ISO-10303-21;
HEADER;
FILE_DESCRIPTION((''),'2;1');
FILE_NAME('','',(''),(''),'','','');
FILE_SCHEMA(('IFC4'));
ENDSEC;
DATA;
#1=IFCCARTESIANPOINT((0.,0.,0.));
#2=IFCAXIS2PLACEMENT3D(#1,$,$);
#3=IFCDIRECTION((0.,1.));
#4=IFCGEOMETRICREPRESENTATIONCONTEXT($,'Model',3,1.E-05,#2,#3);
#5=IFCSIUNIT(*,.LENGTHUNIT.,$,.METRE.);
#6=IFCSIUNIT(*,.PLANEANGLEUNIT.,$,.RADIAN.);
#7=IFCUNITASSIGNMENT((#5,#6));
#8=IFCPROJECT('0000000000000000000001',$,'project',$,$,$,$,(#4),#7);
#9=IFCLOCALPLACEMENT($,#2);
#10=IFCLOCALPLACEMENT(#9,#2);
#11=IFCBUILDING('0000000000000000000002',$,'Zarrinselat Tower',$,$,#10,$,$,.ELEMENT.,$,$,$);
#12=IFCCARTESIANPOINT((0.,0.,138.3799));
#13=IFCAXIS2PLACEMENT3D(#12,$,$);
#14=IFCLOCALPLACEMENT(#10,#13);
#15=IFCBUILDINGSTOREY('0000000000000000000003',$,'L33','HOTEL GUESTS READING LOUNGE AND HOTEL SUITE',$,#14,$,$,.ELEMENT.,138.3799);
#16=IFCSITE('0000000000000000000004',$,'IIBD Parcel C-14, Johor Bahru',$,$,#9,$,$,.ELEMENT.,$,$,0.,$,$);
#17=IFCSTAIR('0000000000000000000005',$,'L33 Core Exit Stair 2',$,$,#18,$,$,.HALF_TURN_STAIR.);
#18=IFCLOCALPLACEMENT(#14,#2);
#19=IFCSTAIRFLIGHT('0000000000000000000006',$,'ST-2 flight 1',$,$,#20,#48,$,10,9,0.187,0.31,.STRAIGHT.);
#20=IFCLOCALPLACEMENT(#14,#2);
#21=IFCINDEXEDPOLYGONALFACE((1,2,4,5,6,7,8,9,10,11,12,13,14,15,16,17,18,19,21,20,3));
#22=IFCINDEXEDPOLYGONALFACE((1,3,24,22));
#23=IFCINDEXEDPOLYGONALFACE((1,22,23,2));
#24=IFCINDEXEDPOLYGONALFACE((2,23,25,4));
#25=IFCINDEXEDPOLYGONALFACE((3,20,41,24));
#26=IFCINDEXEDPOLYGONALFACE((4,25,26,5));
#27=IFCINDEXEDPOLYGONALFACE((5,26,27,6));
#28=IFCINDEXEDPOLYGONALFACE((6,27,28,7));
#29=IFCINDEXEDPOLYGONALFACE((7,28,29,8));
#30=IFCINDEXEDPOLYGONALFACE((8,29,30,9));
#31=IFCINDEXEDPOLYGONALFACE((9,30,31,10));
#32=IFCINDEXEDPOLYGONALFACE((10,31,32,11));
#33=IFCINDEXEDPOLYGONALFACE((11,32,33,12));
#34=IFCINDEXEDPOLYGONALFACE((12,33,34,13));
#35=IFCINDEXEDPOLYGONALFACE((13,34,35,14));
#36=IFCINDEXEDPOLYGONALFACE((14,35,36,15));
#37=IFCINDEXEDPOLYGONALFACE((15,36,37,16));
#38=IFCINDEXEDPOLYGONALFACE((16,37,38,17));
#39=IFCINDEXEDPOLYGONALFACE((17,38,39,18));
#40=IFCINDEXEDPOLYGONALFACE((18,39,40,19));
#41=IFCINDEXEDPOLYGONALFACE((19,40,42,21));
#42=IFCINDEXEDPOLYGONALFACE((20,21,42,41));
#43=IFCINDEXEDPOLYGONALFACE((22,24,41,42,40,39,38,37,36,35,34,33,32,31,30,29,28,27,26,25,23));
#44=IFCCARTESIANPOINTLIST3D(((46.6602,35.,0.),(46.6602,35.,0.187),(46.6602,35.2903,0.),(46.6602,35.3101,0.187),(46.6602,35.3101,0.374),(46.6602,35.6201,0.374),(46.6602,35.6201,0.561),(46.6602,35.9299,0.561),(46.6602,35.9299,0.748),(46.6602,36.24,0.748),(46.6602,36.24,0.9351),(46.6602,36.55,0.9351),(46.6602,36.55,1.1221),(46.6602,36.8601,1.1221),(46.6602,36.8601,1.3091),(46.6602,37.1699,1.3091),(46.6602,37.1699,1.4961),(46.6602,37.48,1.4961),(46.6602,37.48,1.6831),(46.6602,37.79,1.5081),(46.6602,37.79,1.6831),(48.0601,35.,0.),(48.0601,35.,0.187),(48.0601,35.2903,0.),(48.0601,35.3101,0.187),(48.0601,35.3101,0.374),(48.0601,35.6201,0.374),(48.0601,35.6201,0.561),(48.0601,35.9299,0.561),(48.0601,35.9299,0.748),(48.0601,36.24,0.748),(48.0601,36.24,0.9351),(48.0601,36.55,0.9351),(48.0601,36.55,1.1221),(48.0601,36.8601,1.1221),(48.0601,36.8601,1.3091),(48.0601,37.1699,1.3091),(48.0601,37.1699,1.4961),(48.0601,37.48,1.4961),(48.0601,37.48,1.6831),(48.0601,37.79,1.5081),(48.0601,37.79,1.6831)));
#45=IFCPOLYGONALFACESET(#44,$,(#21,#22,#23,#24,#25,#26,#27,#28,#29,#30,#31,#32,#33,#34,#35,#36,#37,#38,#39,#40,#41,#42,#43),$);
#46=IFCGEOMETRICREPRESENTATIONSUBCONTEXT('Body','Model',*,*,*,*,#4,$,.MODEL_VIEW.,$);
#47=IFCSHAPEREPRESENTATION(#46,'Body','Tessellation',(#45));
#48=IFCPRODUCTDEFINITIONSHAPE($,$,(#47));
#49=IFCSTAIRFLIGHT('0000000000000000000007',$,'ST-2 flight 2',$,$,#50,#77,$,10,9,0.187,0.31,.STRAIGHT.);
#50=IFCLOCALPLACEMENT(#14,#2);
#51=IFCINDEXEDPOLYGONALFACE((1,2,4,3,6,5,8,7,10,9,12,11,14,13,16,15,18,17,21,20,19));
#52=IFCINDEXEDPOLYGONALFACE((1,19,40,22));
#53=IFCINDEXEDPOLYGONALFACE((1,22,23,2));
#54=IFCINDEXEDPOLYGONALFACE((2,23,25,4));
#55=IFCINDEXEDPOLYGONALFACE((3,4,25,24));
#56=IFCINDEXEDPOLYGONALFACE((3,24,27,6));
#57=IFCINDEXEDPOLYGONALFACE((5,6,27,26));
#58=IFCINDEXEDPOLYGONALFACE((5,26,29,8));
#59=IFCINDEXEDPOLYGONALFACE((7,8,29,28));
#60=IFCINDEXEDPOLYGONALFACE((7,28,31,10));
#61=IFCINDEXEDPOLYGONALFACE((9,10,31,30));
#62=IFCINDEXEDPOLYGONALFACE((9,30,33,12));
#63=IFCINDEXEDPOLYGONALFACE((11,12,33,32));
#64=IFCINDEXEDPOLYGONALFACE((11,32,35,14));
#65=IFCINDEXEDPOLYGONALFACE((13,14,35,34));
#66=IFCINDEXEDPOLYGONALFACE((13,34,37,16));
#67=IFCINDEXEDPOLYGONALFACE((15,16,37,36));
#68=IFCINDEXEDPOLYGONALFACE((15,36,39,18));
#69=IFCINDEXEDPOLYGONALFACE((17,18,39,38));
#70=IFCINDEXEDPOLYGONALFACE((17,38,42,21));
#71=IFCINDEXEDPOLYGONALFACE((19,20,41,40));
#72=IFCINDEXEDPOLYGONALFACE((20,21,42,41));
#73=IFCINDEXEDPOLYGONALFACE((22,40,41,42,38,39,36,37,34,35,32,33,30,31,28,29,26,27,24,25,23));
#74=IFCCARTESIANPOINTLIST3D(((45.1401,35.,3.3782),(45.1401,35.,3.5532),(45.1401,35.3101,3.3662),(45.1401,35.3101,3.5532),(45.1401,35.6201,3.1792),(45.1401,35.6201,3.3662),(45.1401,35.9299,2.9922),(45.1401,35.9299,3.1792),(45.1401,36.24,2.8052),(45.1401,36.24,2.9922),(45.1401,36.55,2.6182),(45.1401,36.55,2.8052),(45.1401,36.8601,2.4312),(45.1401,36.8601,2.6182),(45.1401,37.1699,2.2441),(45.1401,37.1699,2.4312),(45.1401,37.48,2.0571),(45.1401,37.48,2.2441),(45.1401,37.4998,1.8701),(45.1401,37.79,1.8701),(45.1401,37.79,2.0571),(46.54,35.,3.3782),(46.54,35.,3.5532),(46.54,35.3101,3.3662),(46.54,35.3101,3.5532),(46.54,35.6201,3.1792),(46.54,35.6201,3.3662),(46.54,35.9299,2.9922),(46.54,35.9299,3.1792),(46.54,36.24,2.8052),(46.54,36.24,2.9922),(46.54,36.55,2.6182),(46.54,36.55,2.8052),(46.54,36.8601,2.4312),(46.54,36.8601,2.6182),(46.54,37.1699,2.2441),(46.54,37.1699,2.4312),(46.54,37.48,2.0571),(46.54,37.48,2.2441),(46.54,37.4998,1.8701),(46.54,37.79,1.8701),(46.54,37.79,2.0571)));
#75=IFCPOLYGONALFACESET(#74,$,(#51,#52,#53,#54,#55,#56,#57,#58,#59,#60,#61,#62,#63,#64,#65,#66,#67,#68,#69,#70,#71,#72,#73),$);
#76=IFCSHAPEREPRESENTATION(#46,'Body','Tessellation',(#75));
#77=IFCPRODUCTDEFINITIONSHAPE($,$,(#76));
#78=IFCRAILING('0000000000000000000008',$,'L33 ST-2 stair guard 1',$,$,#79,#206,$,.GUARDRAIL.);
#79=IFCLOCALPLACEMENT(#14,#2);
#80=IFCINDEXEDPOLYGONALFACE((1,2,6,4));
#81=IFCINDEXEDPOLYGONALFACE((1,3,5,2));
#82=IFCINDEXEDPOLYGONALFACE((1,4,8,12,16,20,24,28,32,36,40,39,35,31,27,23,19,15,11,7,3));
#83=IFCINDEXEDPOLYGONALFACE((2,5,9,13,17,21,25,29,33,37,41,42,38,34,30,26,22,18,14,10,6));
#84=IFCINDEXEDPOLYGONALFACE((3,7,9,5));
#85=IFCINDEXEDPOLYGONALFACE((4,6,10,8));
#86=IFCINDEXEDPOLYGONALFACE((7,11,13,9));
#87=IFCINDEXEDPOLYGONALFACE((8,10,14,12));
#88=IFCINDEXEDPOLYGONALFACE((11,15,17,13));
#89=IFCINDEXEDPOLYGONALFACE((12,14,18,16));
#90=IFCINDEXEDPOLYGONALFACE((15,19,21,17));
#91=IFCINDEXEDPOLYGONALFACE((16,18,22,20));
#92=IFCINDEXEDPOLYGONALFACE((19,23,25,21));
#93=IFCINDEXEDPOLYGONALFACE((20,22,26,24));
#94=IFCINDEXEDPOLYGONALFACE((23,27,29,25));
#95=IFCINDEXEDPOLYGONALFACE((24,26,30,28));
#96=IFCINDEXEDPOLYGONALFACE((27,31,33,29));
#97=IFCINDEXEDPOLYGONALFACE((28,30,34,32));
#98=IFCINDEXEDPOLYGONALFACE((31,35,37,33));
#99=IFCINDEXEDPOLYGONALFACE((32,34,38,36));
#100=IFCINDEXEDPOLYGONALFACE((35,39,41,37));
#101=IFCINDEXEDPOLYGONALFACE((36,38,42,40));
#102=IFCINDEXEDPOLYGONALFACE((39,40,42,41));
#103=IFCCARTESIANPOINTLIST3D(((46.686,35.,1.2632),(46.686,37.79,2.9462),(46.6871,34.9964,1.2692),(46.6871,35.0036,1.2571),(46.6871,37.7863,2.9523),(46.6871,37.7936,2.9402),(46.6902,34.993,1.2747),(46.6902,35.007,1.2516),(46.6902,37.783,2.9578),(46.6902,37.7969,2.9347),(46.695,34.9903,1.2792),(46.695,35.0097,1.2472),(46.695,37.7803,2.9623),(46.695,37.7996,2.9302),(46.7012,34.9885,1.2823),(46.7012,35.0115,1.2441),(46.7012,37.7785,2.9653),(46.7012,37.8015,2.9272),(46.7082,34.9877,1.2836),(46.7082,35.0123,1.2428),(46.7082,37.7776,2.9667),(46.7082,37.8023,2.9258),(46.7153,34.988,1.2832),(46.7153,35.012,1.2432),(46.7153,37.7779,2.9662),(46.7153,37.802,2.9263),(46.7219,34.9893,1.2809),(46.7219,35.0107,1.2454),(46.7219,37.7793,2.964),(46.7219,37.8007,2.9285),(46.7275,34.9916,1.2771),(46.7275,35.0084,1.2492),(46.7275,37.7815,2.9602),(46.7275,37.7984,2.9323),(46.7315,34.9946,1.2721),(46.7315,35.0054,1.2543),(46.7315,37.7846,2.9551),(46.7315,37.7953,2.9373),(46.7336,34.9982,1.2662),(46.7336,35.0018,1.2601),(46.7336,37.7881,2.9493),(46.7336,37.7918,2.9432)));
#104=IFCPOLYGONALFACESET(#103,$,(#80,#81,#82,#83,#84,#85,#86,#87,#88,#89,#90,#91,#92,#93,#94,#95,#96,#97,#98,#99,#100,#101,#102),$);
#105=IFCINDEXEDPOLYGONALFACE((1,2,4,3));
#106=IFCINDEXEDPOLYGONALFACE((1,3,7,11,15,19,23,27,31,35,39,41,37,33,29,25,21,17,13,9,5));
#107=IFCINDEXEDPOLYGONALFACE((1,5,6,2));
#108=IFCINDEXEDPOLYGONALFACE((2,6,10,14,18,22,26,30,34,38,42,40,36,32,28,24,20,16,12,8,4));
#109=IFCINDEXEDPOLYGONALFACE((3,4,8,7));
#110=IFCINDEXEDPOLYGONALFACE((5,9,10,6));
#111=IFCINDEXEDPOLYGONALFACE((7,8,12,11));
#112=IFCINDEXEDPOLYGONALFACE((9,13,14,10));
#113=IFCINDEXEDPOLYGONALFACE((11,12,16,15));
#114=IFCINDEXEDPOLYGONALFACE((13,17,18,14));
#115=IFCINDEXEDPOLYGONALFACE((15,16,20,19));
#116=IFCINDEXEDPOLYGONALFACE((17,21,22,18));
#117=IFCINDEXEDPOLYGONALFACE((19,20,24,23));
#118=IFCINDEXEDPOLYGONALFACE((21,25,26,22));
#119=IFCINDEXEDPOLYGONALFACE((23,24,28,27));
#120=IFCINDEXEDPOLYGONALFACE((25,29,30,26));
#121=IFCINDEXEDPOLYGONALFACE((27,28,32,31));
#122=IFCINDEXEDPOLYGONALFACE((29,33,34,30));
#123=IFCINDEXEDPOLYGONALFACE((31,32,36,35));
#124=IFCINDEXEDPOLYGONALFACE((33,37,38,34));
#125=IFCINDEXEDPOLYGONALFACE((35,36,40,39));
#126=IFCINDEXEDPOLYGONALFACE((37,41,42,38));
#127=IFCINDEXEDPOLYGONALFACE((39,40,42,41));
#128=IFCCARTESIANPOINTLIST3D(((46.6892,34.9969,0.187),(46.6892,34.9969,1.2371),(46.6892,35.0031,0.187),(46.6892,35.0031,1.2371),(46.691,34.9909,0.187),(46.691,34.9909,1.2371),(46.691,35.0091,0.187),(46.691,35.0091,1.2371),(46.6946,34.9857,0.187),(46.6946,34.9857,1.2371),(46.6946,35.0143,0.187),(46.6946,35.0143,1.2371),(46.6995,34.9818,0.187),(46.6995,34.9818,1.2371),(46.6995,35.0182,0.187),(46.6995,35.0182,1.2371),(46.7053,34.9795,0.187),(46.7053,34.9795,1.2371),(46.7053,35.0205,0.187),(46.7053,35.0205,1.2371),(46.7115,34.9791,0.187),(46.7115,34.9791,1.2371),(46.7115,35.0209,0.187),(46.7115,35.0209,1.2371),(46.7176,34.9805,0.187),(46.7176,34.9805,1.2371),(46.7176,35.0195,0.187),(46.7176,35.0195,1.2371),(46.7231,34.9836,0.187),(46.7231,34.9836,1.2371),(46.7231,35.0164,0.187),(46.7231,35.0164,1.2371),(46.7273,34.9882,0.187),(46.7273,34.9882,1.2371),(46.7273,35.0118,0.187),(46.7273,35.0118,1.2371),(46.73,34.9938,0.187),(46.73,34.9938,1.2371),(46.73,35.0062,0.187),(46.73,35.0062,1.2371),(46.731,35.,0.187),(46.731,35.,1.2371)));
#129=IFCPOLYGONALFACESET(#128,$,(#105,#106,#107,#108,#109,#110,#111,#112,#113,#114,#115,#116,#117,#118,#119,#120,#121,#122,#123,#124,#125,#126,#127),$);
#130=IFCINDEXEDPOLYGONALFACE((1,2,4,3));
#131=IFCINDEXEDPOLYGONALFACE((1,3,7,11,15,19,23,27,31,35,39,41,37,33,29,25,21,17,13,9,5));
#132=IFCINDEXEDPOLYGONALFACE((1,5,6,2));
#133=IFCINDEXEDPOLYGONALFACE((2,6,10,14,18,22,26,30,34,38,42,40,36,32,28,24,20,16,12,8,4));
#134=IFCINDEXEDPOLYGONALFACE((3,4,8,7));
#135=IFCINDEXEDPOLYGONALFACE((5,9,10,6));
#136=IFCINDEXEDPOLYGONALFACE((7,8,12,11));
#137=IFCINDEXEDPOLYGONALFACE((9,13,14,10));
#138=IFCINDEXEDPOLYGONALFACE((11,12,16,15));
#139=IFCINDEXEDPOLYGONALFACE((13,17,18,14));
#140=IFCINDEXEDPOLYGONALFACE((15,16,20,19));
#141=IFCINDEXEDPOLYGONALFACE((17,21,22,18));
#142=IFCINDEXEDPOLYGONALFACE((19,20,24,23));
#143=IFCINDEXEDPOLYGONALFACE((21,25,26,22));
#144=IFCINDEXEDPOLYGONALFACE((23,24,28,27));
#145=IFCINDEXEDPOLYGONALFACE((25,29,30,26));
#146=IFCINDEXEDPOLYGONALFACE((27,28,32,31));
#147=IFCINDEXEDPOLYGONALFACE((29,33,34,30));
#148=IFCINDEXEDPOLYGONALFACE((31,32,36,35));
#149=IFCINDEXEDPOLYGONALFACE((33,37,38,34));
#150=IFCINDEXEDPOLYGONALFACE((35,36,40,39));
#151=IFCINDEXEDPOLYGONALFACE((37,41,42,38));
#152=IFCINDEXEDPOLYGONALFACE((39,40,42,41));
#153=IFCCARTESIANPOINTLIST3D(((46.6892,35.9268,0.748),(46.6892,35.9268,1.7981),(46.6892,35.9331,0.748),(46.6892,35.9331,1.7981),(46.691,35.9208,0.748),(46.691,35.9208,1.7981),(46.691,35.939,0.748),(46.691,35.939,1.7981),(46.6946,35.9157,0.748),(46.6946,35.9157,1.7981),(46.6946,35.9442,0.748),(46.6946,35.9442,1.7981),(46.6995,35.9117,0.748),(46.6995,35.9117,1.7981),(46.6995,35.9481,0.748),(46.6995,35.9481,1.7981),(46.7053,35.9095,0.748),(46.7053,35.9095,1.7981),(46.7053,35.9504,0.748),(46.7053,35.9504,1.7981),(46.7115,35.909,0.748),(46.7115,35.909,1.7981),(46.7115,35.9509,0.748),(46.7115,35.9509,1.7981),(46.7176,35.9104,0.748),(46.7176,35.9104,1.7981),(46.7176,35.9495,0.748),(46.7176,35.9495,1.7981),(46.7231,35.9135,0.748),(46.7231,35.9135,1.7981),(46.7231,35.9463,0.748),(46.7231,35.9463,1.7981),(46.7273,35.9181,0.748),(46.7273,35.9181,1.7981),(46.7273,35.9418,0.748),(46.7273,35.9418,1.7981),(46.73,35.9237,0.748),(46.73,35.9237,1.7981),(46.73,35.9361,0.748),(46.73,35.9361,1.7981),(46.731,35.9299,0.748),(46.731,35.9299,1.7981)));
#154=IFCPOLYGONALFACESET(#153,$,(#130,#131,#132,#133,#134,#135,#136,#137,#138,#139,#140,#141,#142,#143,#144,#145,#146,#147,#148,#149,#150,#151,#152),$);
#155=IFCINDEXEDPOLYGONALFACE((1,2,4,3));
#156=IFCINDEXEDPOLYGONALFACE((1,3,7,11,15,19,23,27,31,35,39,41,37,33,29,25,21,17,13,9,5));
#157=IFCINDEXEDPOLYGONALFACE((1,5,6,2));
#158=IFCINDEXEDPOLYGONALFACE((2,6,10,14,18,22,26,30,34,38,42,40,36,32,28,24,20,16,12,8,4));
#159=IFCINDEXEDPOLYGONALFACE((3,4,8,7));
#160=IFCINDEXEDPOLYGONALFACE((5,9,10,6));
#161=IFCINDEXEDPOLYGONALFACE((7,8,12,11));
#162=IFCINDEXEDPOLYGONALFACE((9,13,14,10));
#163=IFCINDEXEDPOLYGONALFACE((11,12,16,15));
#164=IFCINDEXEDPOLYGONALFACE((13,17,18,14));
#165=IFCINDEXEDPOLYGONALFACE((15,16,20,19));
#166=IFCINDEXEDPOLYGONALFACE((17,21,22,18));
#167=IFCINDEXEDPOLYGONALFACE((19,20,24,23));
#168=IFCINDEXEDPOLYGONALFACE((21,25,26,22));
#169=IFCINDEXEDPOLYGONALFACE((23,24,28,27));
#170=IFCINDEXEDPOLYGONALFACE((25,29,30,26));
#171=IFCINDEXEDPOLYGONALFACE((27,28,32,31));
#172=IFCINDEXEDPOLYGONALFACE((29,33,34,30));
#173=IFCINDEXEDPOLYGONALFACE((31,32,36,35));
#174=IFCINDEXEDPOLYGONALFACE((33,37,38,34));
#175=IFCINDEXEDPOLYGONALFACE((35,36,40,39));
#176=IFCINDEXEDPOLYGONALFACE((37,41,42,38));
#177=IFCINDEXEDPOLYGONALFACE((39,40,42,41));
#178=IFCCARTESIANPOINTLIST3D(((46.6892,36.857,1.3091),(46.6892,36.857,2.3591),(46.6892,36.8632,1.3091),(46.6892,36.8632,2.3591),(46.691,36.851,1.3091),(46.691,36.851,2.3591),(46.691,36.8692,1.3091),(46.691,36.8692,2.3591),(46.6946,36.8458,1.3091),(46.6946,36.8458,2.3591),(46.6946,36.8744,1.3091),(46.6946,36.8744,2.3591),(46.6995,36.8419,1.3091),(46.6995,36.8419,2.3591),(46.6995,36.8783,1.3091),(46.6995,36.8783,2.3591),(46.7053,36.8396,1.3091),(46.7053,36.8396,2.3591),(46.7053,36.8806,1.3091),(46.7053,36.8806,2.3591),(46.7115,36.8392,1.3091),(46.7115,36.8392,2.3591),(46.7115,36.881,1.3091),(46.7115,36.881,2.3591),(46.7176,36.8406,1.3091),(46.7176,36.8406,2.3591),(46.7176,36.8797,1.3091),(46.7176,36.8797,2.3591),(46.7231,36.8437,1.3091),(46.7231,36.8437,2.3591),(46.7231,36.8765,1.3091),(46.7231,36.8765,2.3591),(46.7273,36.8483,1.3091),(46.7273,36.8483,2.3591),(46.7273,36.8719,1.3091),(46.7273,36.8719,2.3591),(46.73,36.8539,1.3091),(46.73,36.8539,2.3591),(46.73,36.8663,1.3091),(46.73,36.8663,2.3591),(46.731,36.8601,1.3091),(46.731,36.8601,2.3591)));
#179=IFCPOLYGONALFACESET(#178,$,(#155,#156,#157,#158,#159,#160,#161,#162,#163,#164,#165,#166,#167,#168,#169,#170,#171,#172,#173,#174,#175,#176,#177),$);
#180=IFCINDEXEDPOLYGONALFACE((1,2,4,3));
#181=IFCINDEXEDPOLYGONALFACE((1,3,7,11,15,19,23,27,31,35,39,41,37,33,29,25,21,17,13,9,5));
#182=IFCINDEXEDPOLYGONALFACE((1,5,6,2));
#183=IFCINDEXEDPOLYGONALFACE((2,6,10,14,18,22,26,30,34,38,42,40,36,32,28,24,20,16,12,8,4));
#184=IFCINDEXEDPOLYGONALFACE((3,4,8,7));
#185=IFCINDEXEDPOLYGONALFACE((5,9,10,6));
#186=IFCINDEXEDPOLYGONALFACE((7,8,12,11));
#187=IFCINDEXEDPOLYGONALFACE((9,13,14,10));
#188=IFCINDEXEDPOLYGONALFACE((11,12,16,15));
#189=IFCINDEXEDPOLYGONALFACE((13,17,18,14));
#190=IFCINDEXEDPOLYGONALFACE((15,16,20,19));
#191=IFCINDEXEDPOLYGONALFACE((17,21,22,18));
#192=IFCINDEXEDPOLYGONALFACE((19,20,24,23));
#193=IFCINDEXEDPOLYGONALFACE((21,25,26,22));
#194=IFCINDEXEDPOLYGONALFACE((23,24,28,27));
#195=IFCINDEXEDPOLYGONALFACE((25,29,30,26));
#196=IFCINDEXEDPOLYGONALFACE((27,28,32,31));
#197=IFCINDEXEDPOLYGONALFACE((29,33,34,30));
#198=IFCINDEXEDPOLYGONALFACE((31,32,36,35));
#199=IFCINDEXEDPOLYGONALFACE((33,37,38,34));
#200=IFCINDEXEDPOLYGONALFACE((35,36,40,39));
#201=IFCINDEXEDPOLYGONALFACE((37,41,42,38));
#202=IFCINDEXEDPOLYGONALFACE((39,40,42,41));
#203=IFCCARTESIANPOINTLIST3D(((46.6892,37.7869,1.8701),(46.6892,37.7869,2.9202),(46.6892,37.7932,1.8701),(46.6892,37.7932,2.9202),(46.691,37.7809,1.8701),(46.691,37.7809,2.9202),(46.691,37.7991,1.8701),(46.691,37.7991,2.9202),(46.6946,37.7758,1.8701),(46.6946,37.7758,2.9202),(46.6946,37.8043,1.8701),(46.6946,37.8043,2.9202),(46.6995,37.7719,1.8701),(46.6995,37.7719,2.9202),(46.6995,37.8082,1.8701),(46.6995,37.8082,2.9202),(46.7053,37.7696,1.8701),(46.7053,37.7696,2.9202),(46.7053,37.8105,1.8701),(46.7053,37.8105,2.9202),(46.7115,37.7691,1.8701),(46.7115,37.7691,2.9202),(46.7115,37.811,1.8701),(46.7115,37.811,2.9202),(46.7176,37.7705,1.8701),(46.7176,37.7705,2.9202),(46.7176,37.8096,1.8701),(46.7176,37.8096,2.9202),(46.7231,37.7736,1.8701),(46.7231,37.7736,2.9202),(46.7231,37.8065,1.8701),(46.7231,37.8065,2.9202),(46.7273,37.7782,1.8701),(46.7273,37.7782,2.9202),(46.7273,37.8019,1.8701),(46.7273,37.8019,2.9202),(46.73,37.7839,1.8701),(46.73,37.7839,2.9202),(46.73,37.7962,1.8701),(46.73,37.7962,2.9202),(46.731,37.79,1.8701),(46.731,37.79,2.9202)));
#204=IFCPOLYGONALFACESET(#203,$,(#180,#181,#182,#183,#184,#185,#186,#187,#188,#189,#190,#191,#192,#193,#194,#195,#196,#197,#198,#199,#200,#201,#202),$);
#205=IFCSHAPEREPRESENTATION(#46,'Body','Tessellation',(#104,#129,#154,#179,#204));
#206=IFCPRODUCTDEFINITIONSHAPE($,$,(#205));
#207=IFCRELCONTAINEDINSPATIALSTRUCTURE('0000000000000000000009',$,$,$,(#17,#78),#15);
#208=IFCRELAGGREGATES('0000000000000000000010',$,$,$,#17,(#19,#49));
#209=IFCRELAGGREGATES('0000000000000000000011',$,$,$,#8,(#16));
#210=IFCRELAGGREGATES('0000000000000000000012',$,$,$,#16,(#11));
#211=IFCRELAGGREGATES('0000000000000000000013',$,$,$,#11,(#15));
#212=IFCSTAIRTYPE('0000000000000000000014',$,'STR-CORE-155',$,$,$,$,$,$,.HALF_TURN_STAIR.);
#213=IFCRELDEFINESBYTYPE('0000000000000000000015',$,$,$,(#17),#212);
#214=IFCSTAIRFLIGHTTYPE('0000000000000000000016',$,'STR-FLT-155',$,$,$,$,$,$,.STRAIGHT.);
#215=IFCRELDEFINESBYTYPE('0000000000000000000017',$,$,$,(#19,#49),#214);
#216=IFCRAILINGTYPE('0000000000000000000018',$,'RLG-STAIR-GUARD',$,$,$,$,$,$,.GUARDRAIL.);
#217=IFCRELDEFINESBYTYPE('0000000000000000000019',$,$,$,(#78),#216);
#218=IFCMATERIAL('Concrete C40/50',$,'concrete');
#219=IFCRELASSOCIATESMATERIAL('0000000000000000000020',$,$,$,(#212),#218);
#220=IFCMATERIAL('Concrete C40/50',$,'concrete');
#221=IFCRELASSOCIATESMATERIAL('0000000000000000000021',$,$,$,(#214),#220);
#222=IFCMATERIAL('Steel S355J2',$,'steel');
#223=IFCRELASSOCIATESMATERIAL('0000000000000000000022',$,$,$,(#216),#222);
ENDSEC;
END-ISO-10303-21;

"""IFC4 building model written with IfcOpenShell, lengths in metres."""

from ifc_helpers import new_model, si_unit, direction, frame, origin, origin_2d, place, context, subcontext, project, spatial, polyline, circle, outline, extrude, material, type_object, element, aggregate, save


model = new_model("IFC4")

# Units and contexts
model_context = context("Model", 3, precision=1e-05, world=origin(), true_north=direction((0.0, 1.0)))
body_context = subcontext(model_context, "Body", "Model", "MODEL_VIEW")
ifc_project = project(units=[si_unit("LENGTHUNIT", "METRE"), si_unit("PLANEANGLEUNIT", "RADIAN")], contexts=[model_context])

# Site, building, storey
site_placement = place(None, origin())
site = spatial("IfcSite", under=ifc_project, at=site_placement, Name="IIBD Parcel C-14, Johor Bahru", CompositionType="ELEMENT", RefElevation=0.0)
building_placement = place(site_placement, origin())
building = spatial("IfcBuilding", under=site, at=building_placement, Name="Zarrinselat Tower", CompositionType="ELEMENT")
storey_placement = place(building_placement, frame((0.0, 0.0, 138.3799)))
storey = spatial("IfcBuildingStorey", under=building, at=storey_placement, Name="L33", Description="HOTEL GUESTS READING LOUNGE AND HOTEL SUITE", CompositionType="ELEMENT", Elevation=138.3799)

# Stair, stair flights
ifc_material_1 = material(Name="Concrete C40/50", Category="concrete")
stair_type = type_object("IfcStairType", Name="STR-CORE-155", PredefinedType="HALF_TURN_STAIR", material=ifc_material_1)
stair_placement = place(storey_placement, origin())
stair = element("IfcStair", 1, at=stair_placement, inside=storey, type_object=stair_type, Name="L33 Core Exit Stair 2", PredefinedType="HALF_TURN_STAIR")
ifc_material_2 = material(Name="Concrete C40/50", Category="concrete")
stair_flight_type = type_object("IfcStairFlightType", Name="STR-FLT-155", PredefinedType="STRAIGHT", material=ifc_material_2)
stair_flight_1_placement = place(storey_placement, frame((47.3601, 35.0, 0.0), z_axis=(0.0, 0.0, 1.0), x_axis=(0.0, 1.0, 0.0)))
stair_flight_1 = element("IfcStairFlight", 2, at=stair_flight_1_placement, type_object=stair_flight_type, Name="ST-2 flight 1", NumberOfRisers=10, NumberOfTreads=9, PredefinedType="STRAIGHT", RiserHeight=0.187, TreadLength=0.31, context=body_context, shape_type="SweptSolid", body=[
    extrude(outline(polyline([(0.0, 0.0), (0.0, 0.187), (0.3101, 0.187), (0.3101, 0.374), (0.6201, 0.374), (0.6201, 0.561), (0.9299, 0.561), (0.9299, 0.748), (1.24, 0.748), (1.24, 0.9351), (1.55, 0.9351), (1.55, 1.1221), (1.8601, 1.1221), (1.8601, 1.3091), (2.1699, 1.3091), (2.1699, 1.4961), (2.48, 1.4961), (2.48, 1.6831), (2.79, 1.6831), (2.79, 1.8701), (2.79, 1.5081), (0.2903, 0.0), (0.0, 0.0)])), frame((0.0, 0.7, 0.0), z_axis=(0.0, -1.0, 0.0), x_axis=(1.0, 0.0, 0.0)), (0.0, 0.0, 1.0), 1.3999),
])
stair_flight_2_placement = place(storey_placement, frame((45.8401, 37.79, 1.8701), z_axis=(0.0, 0.0, 1.0), x_axis=(0.0, -1.0, 0.0)))
stair_flight_2 = element("IfcStairFlight", 3, at=stair_flight_2_placement, type_object=stair_flight_type, Name="ST-2 flight 2", NumberOfRisers=10, NumberOfTreads=9, PredefinedType="STRAIGHT", RiserHeight=0.187, TreadLength=0.31, context=body_context, shape_type="SweptSolid", body=[
    extrude(outline(polyline([(0.0, 0.0), (0.0, 0.187), (0.3101, 0.187), (0.3101, 0.374), (0.6201, 0.374), (0.6201, 0.561), (0.9299, 0.561), (0.9299, 0.748), (1.24, 0.748), (1.24, 0.9351), (1.55, 0.9351), (1.55, 1.1221), (1.8601, 1.1221), (1.8601, 1.3091), (2.1699, 1.3091), (2.1699, 1.4961), (2.48, 1.4961), (2.48, 1.6831), (2.79, 1.6831), (2.79, 1.8701), (2.79, 1.5081), (0.2903, 0.0), (0.0, 0.0)])), frame((0.0, 0.7, 0.0), z_axis=(0.0, -1.0, 0.0), x_axis=(1.0, 0.0, 0.0)), (0.0, 0.0, 1.0), 1.3999),
])
aggregate(stair, [stair_flight_1, stair_flight_2])

# Railing
ifc_material_3 = material(Name="Steel S355J2", Category="steel")
railing_type_1 = type_object("IfcRailingType", Name="RLG-STAIR-GUARD", PredefinedType="GUARDRAIL", material=ifc_material_3)
railing_1_placement = place(storey_placement, frame((46.71, 35.0, 0.187)))
element("IfcRailing", 4, at=railing_1_placement, inside=storey, type_object=railing_type_1, Name="L33 ST-2 stair guard 1", PredefinedType="GUARDRAIL", context=body_context, shape_type="SweptSolid", body=[
    extrude(circle(Radius=0.0239, at=origin_2d()), frame((0.0, 0.0, 1.0762), z_axis=(0.0, 0.856261, 0.516544), x_axis=(-1.0, 0.0, 0.0)), (0.0, 0.0, 1.0), 3.2583),
    extrude(circle(Radius=0.021, at=origin_2d()), origin(), (0.0, 0.0, 1.0), 1.05),
    extrude(circle(Radius=0.021, at=origin_2d()), frame((0.0, 0.9299, 0.561)), (0.0, 0.0, 1.0), 1.05),
    extrude(circle(Radius=0.021, at=origin_2d()), frame((0.0, 1.8601, 1.1221)), (0.0, 0.0, 1.0), 1.05),
    extrude(circle(Radius=0.021, at=origin_2d()), frame((0.0, 2.79, 1.6831)), (0.0, 0.0, 1.0), 1.05),
])

save(model, "model.ifc")
